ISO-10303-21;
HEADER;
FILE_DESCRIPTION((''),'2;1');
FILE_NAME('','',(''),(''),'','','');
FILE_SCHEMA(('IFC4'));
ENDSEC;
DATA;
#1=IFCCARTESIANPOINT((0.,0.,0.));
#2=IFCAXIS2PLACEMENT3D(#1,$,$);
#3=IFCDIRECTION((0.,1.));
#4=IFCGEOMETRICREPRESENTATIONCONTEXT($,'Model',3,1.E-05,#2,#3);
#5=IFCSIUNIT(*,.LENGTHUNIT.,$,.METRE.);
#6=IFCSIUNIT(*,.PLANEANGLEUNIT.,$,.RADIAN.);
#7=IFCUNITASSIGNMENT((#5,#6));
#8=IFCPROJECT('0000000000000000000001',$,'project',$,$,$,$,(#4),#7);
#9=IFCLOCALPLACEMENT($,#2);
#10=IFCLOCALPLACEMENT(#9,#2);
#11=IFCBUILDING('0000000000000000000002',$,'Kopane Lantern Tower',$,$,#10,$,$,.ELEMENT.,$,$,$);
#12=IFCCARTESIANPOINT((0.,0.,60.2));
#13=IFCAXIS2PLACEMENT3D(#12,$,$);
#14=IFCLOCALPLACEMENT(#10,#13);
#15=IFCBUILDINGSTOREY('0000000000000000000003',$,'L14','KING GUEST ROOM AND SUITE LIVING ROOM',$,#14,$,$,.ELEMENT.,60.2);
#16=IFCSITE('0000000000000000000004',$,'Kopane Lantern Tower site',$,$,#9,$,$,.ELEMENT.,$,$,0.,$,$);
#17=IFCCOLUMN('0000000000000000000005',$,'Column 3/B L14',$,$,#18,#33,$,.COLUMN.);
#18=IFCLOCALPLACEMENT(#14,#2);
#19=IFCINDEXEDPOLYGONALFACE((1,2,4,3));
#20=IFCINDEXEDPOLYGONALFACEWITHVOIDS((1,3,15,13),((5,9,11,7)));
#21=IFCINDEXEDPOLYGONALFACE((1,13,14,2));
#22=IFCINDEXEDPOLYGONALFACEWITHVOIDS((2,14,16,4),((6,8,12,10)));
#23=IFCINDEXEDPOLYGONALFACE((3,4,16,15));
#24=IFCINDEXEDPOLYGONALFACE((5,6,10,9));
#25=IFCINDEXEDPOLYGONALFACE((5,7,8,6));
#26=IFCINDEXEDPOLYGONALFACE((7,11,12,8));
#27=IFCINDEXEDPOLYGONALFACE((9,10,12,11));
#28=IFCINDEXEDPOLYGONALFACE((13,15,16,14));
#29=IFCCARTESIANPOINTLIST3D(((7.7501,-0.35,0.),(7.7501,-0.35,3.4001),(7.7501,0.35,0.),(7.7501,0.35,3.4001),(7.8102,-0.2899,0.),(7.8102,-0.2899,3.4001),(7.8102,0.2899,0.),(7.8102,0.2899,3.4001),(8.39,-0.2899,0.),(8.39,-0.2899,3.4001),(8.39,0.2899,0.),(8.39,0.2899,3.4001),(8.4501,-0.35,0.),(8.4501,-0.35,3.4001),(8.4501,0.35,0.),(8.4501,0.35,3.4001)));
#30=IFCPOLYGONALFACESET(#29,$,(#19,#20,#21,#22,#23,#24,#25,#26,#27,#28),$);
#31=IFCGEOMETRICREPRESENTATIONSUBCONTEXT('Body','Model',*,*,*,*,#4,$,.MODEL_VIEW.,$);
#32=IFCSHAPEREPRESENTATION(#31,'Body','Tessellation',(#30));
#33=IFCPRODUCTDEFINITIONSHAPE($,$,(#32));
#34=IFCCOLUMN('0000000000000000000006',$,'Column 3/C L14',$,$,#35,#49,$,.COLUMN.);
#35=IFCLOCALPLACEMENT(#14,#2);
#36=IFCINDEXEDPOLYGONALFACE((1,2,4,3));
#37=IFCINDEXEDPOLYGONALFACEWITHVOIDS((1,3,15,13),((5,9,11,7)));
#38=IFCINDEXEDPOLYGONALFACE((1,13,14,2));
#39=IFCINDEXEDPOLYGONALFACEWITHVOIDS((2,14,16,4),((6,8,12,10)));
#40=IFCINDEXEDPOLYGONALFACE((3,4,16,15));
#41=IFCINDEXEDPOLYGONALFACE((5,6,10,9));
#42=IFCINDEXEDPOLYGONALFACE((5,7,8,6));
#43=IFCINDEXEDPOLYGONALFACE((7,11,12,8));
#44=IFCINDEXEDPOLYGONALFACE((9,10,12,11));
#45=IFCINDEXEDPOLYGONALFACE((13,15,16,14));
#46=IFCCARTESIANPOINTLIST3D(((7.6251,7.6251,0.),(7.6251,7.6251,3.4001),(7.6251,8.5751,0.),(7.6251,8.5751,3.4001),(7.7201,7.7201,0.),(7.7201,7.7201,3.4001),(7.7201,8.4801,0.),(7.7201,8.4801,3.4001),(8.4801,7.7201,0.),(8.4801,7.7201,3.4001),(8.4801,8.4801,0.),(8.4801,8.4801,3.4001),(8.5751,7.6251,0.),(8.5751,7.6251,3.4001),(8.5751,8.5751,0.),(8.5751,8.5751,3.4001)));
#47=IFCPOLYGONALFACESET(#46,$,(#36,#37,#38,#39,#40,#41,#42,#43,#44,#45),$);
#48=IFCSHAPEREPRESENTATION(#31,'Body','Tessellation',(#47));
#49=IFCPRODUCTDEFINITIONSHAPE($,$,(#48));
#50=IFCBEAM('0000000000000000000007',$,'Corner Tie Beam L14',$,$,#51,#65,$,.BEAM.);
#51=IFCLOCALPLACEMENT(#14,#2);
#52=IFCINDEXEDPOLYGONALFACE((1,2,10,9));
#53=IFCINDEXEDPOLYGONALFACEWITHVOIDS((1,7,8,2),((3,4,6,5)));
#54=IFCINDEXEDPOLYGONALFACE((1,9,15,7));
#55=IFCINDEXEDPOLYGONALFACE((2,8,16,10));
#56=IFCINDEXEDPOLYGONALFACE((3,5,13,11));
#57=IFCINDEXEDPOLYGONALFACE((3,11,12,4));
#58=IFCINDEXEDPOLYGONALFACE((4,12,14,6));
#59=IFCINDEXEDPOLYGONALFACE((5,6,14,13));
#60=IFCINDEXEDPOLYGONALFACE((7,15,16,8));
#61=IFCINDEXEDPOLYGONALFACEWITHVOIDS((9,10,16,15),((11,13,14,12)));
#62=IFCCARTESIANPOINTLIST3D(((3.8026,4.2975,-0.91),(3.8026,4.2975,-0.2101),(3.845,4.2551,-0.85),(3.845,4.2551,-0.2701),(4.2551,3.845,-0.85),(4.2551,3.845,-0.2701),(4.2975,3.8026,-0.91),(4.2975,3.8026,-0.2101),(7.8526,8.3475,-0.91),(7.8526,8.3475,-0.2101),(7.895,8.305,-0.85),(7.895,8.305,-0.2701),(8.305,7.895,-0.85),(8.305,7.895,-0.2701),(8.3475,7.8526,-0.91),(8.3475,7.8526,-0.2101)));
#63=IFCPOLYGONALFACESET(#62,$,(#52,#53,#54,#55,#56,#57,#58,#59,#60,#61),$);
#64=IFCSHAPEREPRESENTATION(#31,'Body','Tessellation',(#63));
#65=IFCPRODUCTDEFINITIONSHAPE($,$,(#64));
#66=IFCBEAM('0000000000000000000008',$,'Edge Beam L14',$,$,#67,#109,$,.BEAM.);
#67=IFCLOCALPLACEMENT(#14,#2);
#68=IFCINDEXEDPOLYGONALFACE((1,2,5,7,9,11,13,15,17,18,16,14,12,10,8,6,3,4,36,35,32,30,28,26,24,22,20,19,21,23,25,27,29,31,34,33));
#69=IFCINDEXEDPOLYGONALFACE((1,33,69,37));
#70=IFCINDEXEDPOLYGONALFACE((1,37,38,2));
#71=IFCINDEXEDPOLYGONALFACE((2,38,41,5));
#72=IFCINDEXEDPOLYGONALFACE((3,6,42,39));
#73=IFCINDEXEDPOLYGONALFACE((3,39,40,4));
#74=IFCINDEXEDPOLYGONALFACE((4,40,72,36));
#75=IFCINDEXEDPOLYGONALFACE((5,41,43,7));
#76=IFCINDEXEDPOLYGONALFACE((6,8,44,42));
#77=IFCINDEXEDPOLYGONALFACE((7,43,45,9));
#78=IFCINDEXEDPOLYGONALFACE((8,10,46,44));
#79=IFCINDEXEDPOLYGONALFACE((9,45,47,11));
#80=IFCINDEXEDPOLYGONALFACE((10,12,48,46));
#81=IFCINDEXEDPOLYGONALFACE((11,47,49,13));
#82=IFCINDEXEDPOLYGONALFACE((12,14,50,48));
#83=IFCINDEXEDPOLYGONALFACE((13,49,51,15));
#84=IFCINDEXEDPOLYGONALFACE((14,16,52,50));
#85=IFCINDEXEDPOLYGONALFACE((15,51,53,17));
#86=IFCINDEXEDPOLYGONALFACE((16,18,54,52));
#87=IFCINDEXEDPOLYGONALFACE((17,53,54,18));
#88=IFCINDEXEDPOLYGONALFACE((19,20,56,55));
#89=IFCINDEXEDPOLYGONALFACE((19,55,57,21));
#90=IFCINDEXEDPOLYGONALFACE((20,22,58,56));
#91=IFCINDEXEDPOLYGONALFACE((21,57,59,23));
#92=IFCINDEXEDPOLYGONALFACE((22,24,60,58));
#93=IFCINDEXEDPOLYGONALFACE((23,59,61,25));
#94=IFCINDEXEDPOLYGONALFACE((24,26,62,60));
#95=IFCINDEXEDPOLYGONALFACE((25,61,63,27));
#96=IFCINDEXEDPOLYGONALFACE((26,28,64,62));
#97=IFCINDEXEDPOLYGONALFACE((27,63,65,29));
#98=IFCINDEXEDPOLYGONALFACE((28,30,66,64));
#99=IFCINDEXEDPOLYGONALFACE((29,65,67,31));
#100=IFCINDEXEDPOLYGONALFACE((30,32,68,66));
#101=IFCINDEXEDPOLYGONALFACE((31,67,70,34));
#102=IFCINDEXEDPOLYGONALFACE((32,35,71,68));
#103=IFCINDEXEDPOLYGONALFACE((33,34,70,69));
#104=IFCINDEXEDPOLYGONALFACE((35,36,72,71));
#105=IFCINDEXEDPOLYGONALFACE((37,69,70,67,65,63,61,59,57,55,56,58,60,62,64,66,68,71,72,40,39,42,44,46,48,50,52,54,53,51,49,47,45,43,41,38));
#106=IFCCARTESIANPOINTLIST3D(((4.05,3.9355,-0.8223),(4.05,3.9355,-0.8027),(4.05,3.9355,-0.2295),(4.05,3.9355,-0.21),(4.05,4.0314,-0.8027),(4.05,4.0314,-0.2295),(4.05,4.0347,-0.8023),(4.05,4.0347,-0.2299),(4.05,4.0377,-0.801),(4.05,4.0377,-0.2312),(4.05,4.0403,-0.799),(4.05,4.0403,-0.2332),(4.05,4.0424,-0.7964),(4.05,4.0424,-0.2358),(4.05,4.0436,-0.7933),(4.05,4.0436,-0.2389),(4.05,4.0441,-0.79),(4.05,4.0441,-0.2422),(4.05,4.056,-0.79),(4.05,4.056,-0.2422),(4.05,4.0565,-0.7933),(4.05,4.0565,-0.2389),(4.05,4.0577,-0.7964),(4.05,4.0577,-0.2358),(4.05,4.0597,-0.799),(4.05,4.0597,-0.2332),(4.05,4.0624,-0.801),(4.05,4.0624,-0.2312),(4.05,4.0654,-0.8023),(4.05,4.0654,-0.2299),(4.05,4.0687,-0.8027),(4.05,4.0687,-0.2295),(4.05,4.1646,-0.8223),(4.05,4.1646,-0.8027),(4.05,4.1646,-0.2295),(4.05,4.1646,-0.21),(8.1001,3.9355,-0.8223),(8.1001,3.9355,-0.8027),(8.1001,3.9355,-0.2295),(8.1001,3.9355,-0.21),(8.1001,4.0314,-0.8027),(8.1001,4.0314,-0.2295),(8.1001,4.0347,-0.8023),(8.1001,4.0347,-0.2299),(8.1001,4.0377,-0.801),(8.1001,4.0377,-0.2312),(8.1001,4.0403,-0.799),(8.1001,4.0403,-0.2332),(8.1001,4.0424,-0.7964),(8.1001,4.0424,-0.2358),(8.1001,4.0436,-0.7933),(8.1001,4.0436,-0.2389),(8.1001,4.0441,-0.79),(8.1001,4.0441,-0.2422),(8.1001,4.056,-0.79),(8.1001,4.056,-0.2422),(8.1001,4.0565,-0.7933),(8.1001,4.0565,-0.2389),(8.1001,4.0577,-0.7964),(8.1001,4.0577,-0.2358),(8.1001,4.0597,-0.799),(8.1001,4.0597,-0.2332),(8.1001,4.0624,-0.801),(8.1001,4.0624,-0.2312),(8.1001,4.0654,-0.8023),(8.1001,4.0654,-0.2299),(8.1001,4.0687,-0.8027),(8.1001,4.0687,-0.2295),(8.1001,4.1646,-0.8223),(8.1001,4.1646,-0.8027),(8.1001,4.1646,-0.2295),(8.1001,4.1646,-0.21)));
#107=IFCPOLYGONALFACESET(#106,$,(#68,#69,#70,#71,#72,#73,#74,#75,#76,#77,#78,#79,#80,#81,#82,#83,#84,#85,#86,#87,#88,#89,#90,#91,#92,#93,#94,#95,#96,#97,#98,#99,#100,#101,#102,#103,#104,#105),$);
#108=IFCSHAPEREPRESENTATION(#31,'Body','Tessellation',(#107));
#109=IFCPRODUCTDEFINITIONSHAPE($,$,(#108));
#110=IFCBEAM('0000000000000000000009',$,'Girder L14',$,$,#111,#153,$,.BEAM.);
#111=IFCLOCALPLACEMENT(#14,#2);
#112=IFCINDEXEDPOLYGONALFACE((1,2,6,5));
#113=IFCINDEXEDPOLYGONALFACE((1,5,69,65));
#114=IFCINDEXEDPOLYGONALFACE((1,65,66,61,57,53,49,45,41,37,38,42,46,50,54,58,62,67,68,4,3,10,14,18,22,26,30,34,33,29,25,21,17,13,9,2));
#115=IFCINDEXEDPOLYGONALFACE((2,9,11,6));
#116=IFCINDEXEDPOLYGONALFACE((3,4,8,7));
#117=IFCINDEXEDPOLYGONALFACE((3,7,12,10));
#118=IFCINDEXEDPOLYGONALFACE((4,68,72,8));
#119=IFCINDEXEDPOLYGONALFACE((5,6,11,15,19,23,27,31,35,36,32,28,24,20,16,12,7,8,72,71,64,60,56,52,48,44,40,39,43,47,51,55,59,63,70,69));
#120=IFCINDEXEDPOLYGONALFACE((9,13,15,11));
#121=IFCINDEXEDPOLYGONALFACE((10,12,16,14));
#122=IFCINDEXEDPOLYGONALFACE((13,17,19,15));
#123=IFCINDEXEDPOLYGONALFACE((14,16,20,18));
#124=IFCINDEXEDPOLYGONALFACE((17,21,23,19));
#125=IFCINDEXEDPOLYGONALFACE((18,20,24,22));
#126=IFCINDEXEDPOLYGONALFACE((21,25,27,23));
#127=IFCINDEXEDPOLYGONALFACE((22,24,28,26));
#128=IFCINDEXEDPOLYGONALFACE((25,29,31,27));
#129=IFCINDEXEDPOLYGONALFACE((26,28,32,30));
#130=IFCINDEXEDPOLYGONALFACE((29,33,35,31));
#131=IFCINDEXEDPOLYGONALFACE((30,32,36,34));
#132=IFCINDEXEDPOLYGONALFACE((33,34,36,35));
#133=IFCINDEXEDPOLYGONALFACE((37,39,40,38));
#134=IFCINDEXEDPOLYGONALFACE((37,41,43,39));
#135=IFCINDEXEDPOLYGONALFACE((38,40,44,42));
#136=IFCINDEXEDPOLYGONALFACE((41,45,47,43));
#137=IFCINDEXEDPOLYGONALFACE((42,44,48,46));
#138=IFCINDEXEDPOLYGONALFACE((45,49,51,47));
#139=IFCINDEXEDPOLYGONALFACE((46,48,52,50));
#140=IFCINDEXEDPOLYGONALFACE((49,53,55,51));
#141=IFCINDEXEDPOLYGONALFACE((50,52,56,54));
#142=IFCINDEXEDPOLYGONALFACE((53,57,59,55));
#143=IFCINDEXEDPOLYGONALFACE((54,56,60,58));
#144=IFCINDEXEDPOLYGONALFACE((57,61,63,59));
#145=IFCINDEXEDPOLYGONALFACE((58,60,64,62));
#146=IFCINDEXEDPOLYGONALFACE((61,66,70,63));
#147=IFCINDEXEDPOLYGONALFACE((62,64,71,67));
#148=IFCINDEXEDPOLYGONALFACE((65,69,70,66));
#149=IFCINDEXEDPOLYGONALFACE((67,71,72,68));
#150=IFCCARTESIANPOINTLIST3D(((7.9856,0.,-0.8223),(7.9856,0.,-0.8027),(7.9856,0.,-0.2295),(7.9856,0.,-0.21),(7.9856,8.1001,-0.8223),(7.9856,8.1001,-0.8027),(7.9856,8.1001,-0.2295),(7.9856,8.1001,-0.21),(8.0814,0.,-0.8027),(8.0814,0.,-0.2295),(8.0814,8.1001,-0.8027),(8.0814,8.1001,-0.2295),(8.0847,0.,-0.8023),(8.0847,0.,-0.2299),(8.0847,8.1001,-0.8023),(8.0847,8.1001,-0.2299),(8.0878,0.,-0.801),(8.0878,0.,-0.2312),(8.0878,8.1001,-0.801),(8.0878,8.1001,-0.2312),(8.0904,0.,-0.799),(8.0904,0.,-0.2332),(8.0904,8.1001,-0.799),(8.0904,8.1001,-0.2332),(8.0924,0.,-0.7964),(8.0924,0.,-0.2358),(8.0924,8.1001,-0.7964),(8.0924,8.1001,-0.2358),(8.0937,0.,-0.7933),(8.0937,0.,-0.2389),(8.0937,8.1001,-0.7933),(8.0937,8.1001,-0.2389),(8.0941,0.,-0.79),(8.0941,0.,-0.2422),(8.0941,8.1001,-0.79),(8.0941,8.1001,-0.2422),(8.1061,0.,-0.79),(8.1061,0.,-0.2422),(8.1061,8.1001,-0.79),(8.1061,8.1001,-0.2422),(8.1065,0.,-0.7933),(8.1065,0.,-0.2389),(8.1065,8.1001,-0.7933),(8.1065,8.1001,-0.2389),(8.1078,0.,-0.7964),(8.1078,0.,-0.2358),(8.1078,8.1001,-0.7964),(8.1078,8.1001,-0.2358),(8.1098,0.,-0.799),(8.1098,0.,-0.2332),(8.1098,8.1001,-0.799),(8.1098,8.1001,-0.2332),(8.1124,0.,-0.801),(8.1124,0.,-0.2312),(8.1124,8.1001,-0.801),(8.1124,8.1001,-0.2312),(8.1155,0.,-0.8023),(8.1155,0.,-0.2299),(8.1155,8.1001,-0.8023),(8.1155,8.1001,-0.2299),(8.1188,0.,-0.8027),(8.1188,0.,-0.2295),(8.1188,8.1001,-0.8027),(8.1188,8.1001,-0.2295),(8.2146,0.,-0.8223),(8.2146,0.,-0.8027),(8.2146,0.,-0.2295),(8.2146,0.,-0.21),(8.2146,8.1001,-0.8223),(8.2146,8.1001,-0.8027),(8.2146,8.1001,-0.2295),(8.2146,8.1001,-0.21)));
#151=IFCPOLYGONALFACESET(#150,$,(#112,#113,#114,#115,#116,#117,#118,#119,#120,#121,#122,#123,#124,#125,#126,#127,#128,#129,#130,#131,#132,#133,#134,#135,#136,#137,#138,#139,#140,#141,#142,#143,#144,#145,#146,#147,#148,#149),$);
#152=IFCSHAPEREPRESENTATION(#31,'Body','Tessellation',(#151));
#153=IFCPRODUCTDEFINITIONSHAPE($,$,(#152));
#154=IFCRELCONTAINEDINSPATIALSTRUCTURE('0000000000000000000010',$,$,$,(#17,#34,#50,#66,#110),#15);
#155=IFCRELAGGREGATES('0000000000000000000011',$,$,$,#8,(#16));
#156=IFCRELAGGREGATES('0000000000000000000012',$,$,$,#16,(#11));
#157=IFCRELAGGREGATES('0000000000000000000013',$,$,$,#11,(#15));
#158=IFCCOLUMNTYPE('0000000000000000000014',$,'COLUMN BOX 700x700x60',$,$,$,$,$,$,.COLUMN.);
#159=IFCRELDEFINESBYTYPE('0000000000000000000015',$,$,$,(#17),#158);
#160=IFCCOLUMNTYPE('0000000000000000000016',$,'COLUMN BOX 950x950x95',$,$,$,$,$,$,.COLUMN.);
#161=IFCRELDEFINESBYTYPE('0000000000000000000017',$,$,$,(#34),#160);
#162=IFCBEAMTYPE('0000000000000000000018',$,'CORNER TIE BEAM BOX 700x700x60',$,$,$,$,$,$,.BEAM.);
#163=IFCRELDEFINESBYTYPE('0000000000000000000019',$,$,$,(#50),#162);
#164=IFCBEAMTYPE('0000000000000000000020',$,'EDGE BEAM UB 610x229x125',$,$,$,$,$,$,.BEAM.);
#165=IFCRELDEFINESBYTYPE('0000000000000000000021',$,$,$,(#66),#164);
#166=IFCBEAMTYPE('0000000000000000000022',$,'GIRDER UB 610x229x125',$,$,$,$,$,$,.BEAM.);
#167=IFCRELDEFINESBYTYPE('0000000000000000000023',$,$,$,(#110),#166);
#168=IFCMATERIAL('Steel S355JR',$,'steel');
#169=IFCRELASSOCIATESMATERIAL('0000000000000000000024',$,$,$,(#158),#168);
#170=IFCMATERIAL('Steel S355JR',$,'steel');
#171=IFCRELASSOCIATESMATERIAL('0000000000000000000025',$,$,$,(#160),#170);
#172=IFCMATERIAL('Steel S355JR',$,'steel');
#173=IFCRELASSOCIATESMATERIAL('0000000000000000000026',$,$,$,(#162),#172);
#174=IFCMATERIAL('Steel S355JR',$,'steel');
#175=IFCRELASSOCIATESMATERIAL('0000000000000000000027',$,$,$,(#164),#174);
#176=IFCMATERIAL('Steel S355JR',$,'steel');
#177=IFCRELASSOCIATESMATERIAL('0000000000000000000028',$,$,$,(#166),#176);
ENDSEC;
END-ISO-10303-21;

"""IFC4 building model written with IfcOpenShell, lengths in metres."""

from ifc_helpers import new_model, si_unit, direction, frame, origin, origin_2d, place, context, subcontext, project, spatial, hollow_rectangle, i_section, extrude, material, material_profile, profile_set, type_object, element, save


model = new_model("IFC4")

# Units and contexts
model_context = context("Model", 3, precision=1e-05, world=origin(), true_north=direction((0.0, 1.0)))
body_context = subcontext(model_context, "Body", "Model", "MODEL_VIEW")
ifc_project = project(units=[si_unit("LENGTHUNIT", "METRE"), si_unit("PLANEANGLEUNIT", "RADIAN")], contexts=[model_context])

# Site, building, storey
site_placement = place(None, origin())
site = spatial("IfcSite", under=ifc_project, at=site_placement, Name="Kopane Lantern Tower site", CompositionType="ELEMENT", RefElevation=0.0)
building_placement = place(site_placement, origin())
building = spatial("IfcBuilding", under=site, at=building_placement, Name="Kopane Lantern Tower", CompositionType="ELEMENT")
storey_placement = place(building_placement, frame((0.0, 0.0, 60.2)))
storey = spatial("IfcBuildingStorey", under=building, at=storey_placement, Name="L14", Description="KING GUEST ROOM AND SUITE LIVING ROOM", CompositionType="ELEMENT", Elevation=60.2)

# Columns
ifc_material_1 = material(Name="Steel S355JR", Category="steel")
ifc_material_profile_1 = material_profile(ifc_material_1, hollow_rectangle(XDim=0.7, YDim=0.7, WallThickness=0.0601, at=origin_2d()), Name="BOX 700x700x60")
ifc_profile_set_1 = profile_set([ifc_material_profile_1], Name="Steel S355JR")
column_type_1 = type_object("IfcColumnType", Name="COLUMN BOX 700x700x60", PredefinedType="COLUMN", material=ifc_profile_set_1)
column_1_placement = place(storey_placement, frame((8.1001, 0.0, 0.0), z_axis=(0.0, 0.0, 1.0), x_axis=(1.0, 0.0, 0.0)))
element("IfcColumn", 1, at=column_1_placement, inside=storey, type_object=column_type_1, Name="Column 3/B L14", PredefinedType="COLUMN", context=body_context, shape_type="SweptSolid", body=[
    extrude(hollow_rectangle(XDim=0.7, YDim=0.7, WallThickness=0.0601, at=origin_2d()), origin(), (0.0, 0.0, 1.0), 3.4001),
])
ifc_material_2 = material(Name="Steel S355JR", Category="steel")
ifc_material_profile_2 = material_profile(ifc_material_2, hollow_rectangle(XDim=0.95, YDim=0.95, WallThickness=0.095, at=origin_2d()), Name="BOX 950x950x95")
ifc_profile_set_2 = profile_set([ifc_material_profile_2], Name="Steel S355JR")
column_type_2 = type_object("IfcColumnType", Name="COLUMN BOX 950x950x95", PredefinedType="COLUMN", material=ifc_profile_set_2)
column_2_placement = place(storey_placement, frame((8.1001, 8.1001, 0.0), z_axis=(0.0, 0.0, 1.0), x_axis=(1.0, 0.0, 0.0)))
element("IfcColumn", 2, at=column_2_placement, inside=storey, type_object=column_type_2, Name="Column 3/C L14", PredefinedType="COLUMN", context=body_context, shape_type="SweptSolid", body=[
    extrude(hollow_rectangle(XDim=0.95, YDim=0.95, WallThickness=0.095, at=origin_2d()), origin(), (0.0, 0.0, 1.0), 3.4001),
])

# Beams
ifc_material_3 = material(Name="Steel S355JR", Category="steel")
ifc_material_profile_3 = material_profile(ifc_material_3, hollow_rectangle(XDim=0.7, YDim=0.7, WallThickness=0.0601, at=origin_2d()), Name="BOX 700x700x60")
ifc_profile_set_3 = profile_set([ifc_material_profile_3], Name="Steel S355JR")
beam_type_1 = type_object("IfcBeamType", Name="CORNER TIE BEAM BOX 700x700x60", PredefinedType="BEAM", material=ifc_profile_set_3)
beam_1_placement = place(storey_placement, frame((4.05, 4.05, -0.5601), z_axis=(0.707107, 0.707107, 0.0), x_axis=(-0.707107, 0.707107, 0.0)))
element("IfcBeam", 3, at=beam_1_placement, inside=storey, type_object=beam_type_1, Name="Corner Tie Beam L14", PredefinedType="BEAM", context=body_context, shape_type="SweptSolid", body=[
    extrude(hollow_rectangle(XDim=0.7, YDim=0.7, WallThickness=0.0601, at=origin_2d()), origin(), (0.0, 0.0, 1.0), 5.7275),
])
ifc_material_4 = material(Name="Steel S355JR", Category="steel")
ifc_material_profile_4 = material_profile(ifc_material_4, i_section(OverallWidth=0.229, OverallDepth=0.6123, WebThickness=0.012, FlangeThickness=0.0195, FilletRadius=0.0127, at=origin_2d()), Name="UB 610x229x125")
ifc_profile_set_4 = profile_set([ifc_material_profile_4], Name="Steel S355JR")
beam_type_2 = type_object("IfcBeamType", Name="EDGE BEAM UB 610x229x125", PredefinedType="BEAM", material=ifc_profile_set_4)
beam_2_placement = place(storey_placement, frame((4.05, 4.05, -0.5161), z_axis=(1.0, 0.0, 0.0), x_axis=(0.0, 1.0, 0.0)))
element("IfcBeam", 4, at=beam_2_placement, inside=storey, type_object=beam_type_2, Name="Edge Beam L14", PredefinedType="BEAM", context=body_context, shape_type="SweptSolid", body=[
    extrude(i_section(OverallWidth=0.229, OverallDepth=0.6123, WebThickness=0.012, FlangeThickness=0.0195, FilletRadius=0.0127, at=origin_2d()), origin(), (0.0, 0.0, 1.0), 4.05),
])
ifc_material_5 = material(Name="Steel S355JR", Category="steel")
ifc_material_profile_5 = material_profile(ifc_material_5, i_section(OverallWidth=0.229, OverallDepth=0.6123, WebThickness=0.012, FlangeThickness=0.0195, FilletRadius=0.0127, at=origin_2d()), Name="UB 610x229x125")
ifc_profile_set_5 = profile_set([ifc_material_profile_5], Name="Steel S355JR")
beam_type_3 = type_object("IfcBeamType", Name="GIRDER UB 610x229x125", PredefinedType="BEAM", material=ifc_profile_set_5)
beam_3_placement = place(storey_placement, frame((8.1001, 0.0, -0.5161), z_axis=(0.0, 1.0, 0.0), x_axis=(-1.0, 0.0, 0.0)))
element("IfcBeam", 5, at=beam_3_placement, inside=storey, type_object=beam_type_3, Name="Girder L14", PredefinedType="BEAM", context=body_context, shape_type="SweptSolid", body=[
    extrude(i_section(OverallWidth=0.229, OverallDepth=0.6123, WebThickness=0.012, FlangeThickness=0.0195, FilletRadius=0.0127, at=origin_2d()), origin(), (0.0, 0.0, 1.0), 8.1001),
])

save(model, "model.ifc")
